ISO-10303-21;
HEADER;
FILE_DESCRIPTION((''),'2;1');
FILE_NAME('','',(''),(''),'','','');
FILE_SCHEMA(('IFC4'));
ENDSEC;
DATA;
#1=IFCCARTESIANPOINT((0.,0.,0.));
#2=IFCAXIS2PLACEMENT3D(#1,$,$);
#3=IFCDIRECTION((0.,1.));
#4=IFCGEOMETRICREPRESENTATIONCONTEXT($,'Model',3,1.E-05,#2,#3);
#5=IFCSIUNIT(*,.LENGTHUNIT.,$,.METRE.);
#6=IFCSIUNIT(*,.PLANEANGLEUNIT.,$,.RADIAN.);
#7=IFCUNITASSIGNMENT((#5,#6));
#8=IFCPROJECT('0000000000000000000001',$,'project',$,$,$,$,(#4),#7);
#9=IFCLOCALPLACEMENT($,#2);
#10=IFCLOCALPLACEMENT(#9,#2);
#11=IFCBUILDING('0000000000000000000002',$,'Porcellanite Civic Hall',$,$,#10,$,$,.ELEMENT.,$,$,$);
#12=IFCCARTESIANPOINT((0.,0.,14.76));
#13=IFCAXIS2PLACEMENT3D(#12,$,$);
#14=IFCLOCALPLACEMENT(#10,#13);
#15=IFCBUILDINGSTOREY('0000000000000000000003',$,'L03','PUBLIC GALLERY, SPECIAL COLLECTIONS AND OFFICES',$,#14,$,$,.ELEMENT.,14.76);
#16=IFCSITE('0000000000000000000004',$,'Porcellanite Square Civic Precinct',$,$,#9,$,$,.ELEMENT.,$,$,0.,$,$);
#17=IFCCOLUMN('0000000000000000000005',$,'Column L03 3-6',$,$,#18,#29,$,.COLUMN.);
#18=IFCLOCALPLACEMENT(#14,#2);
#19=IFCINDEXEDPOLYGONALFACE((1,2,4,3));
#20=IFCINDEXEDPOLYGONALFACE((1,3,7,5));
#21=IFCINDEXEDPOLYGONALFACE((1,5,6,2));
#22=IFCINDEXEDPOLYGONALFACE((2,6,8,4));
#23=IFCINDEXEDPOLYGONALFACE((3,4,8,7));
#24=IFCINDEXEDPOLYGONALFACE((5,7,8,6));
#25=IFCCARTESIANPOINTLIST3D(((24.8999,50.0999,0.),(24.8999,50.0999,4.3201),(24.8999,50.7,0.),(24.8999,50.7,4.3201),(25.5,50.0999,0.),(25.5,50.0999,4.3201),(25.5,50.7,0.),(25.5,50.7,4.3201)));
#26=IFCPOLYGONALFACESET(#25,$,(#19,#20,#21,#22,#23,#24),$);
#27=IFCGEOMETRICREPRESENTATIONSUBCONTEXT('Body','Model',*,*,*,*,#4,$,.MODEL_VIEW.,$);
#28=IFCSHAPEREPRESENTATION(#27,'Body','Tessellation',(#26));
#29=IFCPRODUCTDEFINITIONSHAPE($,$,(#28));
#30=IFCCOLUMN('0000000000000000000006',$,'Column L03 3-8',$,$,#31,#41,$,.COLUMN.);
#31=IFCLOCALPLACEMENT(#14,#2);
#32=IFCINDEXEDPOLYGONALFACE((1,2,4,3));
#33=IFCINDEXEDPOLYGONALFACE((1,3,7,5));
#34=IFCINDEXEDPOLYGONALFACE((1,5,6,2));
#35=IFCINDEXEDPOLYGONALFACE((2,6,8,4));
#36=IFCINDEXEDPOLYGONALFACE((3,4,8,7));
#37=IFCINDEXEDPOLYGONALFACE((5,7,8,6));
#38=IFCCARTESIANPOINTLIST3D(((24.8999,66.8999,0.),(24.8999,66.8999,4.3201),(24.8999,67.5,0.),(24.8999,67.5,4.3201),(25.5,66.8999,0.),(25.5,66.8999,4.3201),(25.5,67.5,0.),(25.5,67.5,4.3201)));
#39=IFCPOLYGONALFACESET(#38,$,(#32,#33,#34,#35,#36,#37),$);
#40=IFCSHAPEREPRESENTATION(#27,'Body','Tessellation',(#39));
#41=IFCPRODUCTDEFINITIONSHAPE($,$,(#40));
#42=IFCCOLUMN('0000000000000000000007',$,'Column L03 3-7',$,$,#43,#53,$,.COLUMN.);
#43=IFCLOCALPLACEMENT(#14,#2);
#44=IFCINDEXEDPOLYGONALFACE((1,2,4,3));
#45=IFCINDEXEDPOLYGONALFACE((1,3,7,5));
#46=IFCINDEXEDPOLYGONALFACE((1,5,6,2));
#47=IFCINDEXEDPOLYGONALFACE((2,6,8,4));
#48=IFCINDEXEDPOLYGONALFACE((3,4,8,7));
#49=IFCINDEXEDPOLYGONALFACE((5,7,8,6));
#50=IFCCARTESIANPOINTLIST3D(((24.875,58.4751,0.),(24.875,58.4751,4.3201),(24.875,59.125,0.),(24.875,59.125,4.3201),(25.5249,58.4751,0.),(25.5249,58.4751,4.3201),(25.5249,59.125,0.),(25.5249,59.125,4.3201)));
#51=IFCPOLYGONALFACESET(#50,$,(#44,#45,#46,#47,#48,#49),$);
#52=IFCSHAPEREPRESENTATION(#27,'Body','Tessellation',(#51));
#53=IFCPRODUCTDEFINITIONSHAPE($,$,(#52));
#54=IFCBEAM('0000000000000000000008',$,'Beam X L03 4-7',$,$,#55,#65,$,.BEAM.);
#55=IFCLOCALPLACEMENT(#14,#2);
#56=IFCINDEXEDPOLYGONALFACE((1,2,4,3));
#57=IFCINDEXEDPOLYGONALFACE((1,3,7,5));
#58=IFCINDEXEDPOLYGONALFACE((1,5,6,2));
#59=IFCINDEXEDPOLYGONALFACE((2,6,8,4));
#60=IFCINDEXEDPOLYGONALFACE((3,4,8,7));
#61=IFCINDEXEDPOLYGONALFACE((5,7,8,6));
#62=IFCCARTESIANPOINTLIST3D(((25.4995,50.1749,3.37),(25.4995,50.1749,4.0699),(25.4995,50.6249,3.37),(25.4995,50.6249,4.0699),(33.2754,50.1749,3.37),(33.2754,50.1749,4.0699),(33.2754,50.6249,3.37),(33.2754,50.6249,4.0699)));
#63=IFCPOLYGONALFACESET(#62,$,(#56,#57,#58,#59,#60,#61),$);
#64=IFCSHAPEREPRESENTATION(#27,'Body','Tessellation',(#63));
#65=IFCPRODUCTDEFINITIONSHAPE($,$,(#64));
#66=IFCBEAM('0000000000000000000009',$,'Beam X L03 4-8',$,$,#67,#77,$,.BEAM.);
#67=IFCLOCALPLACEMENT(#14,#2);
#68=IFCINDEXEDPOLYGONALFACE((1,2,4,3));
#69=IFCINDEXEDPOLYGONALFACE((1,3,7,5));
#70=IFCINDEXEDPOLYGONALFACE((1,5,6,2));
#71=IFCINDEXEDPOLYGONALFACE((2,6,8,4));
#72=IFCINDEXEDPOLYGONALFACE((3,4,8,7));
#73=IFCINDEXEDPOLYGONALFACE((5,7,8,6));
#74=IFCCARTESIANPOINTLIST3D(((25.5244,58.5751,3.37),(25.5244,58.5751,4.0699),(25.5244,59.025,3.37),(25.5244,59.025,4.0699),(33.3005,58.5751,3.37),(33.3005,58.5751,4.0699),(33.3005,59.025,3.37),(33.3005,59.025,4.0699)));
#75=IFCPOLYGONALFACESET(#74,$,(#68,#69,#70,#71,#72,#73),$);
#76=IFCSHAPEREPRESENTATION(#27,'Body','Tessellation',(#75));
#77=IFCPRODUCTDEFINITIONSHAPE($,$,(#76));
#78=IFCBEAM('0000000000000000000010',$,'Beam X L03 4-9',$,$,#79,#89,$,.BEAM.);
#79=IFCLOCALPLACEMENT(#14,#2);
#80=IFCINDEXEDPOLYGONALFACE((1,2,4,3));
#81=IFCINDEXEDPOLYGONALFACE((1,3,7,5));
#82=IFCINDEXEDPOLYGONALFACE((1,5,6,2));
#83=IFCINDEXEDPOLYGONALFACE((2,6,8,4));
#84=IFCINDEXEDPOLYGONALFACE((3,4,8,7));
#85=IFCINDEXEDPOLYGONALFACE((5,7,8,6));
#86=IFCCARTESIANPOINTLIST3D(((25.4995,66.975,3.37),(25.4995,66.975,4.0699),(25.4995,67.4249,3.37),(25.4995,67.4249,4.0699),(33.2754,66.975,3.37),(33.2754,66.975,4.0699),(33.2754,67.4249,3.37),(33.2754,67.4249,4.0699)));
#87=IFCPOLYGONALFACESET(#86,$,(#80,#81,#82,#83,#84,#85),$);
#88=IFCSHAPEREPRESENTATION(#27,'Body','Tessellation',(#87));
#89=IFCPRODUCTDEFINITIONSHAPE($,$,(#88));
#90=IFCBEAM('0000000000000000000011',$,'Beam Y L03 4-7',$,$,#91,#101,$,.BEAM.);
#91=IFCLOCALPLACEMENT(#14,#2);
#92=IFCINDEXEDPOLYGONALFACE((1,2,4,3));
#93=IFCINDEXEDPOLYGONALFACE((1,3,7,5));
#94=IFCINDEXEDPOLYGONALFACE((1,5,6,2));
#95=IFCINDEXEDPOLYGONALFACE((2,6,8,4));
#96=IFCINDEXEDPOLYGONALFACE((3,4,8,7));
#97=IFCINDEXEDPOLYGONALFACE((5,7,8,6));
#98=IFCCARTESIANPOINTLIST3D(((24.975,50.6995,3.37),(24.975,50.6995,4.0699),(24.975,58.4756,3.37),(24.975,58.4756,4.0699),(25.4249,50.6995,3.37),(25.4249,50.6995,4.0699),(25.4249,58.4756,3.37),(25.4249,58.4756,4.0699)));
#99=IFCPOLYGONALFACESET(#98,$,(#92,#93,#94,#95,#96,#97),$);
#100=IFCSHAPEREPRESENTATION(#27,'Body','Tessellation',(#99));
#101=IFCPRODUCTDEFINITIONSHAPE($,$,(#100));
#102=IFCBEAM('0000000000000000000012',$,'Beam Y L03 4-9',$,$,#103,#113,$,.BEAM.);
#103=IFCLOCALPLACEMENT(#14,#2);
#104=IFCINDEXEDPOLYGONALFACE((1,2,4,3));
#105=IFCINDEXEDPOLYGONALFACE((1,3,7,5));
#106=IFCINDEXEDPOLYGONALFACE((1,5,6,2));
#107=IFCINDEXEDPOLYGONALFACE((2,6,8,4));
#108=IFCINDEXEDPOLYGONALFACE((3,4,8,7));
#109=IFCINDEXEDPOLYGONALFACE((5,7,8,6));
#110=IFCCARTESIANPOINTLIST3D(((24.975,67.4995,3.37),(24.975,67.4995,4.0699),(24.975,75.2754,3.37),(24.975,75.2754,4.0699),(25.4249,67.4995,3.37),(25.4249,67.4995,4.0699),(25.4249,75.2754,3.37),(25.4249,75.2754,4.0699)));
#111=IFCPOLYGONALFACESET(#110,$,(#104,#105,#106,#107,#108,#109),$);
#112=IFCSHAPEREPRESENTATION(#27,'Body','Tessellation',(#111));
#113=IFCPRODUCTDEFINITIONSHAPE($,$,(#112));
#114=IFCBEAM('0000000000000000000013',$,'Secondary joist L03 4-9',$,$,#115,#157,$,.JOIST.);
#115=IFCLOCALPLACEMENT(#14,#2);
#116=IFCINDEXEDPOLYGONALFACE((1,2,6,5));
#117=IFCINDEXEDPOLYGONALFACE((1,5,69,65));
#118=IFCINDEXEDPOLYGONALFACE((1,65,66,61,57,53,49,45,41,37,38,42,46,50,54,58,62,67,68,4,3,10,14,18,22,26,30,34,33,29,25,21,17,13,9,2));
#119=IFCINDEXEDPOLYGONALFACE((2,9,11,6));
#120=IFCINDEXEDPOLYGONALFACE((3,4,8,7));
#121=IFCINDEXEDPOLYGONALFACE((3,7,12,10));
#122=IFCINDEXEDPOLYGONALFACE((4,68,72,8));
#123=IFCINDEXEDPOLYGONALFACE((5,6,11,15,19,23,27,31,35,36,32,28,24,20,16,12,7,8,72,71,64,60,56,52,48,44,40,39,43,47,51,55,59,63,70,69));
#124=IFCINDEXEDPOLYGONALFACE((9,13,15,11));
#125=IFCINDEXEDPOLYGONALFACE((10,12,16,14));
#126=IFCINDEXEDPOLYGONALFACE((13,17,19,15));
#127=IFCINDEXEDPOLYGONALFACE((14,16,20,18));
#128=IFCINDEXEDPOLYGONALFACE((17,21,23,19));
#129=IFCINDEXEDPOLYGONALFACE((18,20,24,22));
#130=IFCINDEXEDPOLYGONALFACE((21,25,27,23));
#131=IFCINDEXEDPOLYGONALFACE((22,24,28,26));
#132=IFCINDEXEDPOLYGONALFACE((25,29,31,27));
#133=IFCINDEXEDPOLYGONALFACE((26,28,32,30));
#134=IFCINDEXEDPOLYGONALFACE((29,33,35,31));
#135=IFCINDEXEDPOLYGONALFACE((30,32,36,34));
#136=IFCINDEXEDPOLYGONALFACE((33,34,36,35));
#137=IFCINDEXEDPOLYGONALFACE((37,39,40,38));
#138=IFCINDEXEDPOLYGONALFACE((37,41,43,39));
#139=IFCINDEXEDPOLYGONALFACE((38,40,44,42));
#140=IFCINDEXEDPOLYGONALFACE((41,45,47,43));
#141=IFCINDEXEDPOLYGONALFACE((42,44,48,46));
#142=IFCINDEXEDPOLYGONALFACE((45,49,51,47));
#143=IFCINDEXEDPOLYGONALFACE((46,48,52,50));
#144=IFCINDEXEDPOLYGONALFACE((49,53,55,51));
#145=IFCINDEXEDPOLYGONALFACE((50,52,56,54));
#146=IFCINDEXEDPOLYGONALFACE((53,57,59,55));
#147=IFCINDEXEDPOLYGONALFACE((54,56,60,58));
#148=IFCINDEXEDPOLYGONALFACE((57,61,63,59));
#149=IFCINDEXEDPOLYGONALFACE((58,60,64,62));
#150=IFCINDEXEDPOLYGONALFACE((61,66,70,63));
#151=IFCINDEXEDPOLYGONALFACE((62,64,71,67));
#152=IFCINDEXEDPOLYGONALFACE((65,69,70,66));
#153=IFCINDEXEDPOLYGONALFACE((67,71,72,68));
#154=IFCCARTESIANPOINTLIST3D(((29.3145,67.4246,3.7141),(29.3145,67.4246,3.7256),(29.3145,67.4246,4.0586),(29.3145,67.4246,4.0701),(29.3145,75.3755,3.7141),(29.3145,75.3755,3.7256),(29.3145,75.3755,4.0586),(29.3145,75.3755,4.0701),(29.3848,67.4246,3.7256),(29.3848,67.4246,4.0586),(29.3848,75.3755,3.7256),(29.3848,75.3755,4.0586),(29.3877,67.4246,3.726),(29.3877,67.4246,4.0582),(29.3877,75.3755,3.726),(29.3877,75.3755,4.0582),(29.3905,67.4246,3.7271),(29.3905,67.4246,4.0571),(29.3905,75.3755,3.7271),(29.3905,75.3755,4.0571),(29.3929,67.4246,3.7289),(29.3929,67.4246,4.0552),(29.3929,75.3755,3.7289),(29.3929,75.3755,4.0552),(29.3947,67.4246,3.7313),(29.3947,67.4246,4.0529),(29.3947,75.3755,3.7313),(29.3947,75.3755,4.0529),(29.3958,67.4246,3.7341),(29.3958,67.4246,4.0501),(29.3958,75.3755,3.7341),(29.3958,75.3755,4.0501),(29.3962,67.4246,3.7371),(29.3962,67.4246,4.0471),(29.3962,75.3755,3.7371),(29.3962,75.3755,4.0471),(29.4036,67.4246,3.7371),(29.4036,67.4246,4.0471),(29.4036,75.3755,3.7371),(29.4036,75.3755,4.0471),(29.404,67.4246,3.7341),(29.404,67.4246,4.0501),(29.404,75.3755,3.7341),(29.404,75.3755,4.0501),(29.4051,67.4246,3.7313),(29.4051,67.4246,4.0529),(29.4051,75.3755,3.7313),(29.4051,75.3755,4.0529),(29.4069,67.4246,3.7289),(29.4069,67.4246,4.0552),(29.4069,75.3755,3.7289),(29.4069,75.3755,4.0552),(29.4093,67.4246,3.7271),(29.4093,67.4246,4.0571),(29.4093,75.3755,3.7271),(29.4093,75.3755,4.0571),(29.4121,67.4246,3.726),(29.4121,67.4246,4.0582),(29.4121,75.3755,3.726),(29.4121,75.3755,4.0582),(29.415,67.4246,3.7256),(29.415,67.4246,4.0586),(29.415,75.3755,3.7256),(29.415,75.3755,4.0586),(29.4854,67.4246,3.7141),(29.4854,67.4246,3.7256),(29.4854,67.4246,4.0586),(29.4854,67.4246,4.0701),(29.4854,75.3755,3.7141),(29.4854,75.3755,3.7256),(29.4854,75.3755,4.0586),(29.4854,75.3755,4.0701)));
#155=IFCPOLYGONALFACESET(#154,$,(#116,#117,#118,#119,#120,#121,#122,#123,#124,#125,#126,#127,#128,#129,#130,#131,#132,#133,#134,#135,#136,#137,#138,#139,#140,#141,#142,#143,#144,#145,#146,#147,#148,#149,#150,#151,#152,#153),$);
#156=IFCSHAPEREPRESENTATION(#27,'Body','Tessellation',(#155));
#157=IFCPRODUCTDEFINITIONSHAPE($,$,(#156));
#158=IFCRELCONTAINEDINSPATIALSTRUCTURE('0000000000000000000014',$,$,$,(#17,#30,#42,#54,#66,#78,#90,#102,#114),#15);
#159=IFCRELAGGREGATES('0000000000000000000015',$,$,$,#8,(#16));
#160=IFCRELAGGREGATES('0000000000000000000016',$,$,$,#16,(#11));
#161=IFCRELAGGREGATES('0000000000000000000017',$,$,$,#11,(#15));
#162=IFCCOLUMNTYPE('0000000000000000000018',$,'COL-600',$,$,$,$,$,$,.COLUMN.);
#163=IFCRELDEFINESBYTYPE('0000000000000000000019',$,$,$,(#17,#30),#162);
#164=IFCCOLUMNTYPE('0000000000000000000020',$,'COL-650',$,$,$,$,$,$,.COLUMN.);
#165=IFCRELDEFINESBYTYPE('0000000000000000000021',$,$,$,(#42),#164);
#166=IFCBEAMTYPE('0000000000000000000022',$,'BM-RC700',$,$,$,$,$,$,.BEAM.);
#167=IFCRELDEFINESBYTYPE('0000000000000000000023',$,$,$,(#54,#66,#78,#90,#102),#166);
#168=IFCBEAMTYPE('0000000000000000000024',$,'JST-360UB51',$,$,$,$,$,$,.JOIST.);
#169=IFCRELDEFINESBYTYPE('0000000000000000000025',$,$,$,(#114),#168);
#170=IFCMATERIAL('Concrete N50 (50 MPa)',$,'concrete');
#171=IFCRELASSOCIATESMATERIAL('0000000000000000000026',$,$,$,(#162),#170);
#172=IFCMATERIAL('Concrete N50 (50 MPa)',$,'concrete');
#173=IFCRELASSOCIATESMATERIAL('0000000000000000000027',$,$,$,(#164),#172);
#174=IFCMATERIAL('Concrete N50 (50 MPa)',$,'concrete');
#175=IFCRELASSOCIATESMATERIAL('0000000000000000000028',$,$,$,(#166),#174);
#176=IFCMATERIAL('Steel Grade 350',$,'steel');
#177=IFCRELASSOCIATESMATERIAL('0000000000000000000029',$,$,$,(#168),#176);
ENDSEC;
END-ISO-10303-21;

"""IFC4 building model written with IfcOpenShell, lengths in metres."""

from ifc_helpers import new_model, si_unit, direction, frame, origin, origin_2d, place, context, subcontext, project, spatial, rectangle, i_section, extrude, material, material_profile, profile_set, type_object, element, save


model = new_model("IFC4")

# Units and contexts
model_context = context("Model", 3, precision=1e-05, world=origin(), true_north=direction((0.0, 1.0)))
body_context = subcontext(model_context, "Body", "Model", "MODEL_VIEW")
ifc_project = project(units=[si_unit("LENGTHUNIT", "METRE"), si_unit("PLANEANGLEUNIT", "RADIAN")], contexts=[model_context])

# Site, building, storey
site_placement = place(None, origin())
site = spatial("IfcSite", under=ifc_project, at=site_placement, Name="Porcellanite Square Civic Precinct", CompositionType="ELEMENT", RefElevation=0.0)
building_placement = place(site_placement, origin())
building = spatial("IfcBuilding", under=site, at=building_placement, Name="Porcellanite Civic Hall", CompositionType="ELEMENT")
storey_placement = place(building_placement, frame((0.0, 0.0, 14.76)))
storey = spatial("IfcBuildingStorey", under=building, at=storey_placement, Name="L03", Description="PUBLIC GALLERY, SPECIAL COLLECTIONS AND OFFICES", CompositionType="ELEMENT", Elevation=14.76)

# Columns
ifc_material_1 = material(Name="Concrete N50 (50 MPa)", Category="concrete")
ifc_material_profile_1 = material_profile(ifc_material_1, rectangle(XDim=0.6001, YDim=0.6001, at=origin_2d()), Name="RC-600x600")
ifc_profile_set_1 = profile_set([ifc_material_profile_1], Name="Concrete N50 (50 MPa)")
column_type_1 = type_object("IfcColumnType", Name="COL-600", PredefinedType="COLUMN", material=ifc_profile_set_1)
for number, where, z_axis, x_axis, name in (
    (1, (25.2, 50.3999, 0.0), (0.0, 0.0, 1.0), (1.0, 0.0, 0.0), "Column L03 3-6"),
    (2, (25.2, 67.2, 0.0), (0.0, 0.0, 1.0), (1.0, 0.0, 0.0), "Column L03 3-8"),
):
    element("IfcColumn", number, at=place(storey_placement, frame(where, z_axis=z_axis, x_axis=x_axis)), inside=storey, type_object=column_type_1, Name=name, PredefinedType="COLUMN", context=body_context, shape_type="SweptSolid", body=[
        extrude(rectangle(XDim=0.6001, YDim=0.6001, at=origin_2d()), origin(), (0.0, 0.0, 1.0), 4.3201),
    ])
ifc_material_2 = material(Name="Concrete N50 (50 MPa)", Category="concrete")
ifc_material_profile_2 = material_profile(ifc_material_2, rectangle(XDim=0.6499, YDim=0.6499, at=origin_2d()), Name="RC-650x650")
ifc_profile_set_2 = profile_set([ifc_material_profile_2], Name="Concrete N50 (50 MPa)")
column_type_2 = type_object("IfcColumnType", Name="COL-650", PredefinedType="COLUMN", material=ifc_profile_set_2)
column_placement = place(storey_placement, frame((25.2, 58.8, 0.0), z_axis=(0.0, 0.0, 1.0), x_axis=(1.0, 0.0, 0.0)))
element("IfcColumn", 3, at=column_placement, inside=storey, type_object=column_type_2, Name="Column L03 3-7", PredefinedType="COLUMN", context=body_context, shape_type="SweptSolid", body=[
    extrude(rectangle(XDim=0.6499, YDim=0.6499, at=origin_2d()), origin(), (0.0, 0.0, 1.0), 4.3201),
])

# Beams
ifc_material_3 = material(Name="Concrete N50 (50 MPa)", Category="concrete")
ifc_material_profile_3 = material_profile(ifc_material_3, rectangle(XDim=0.45, YDim=0.7, at=origin_2d()), Name="RC-450x700")
ifc_profile_set_3 = profile_set([ifc_material_profile_3], Name="Concrete N50 (50 MPa)")
beam_type_1 = type_object("IfcBeamType", Name="BM-RC700", PredefinedType="BEAM", material=ifc_profile_set_3)
beam_1_placement = place(storey_placement, frame((25.4995, 50.3999, 3.72), z_axis=(1.0, 0.0, 0.0), x_axis=(0.0, 1.0, 0.0)))
element("IfcBeam", 4, at=beam_1_placement, inside=storey, type_object=beam_type_1, Name="Beam X L03 4-7", PredefinedType="BEAM", context=body_context, shape_type="SweptSolid", body=[
    extrude(rectangle(XDim=0.45, YDim=0.7, at=origin_2d()), origin(), (0.0, 0.0, 1.0), 7.7759),
])
beam_2_placement = place(storey_placement, frame((25.5244, 58.8, 3.72), z_axis=(1.0, 0.0, 0.0), x_axis=(0.0, 1.0, 0.0)))
element("IfcBeam", 5, at=beam_2_placement, inside=storey, type_object=beam_type_1, Name="Beam X L03 4-8", PredefinedType="BEAM", context=body_context, shape_type="SweptSolid", body=[
    extrude(rectangle(XDim=0.45, YDim=0.7, at=origin_2d()), origin(), (0.0, 0.0, 1.0), 7.7761),
])
beam_3_placement = place(storey_placement, frame((25.4995, 67.2, 3.72), z_axis=(1.0, 0.0, 0.0), x_axis=(0.0, 1.0, 0.0)))
element("IfcBeam", 6, at=beam_3_placement, inside=storey, type_object=beam_type_1, Name="Beam X L03 4-9", PredefinedType="BEAM", context=body_context, shape_type="SweptSolid", body=[
    extrude(rectangle(XDim=0.45, YDim=0.7, at=origin_2d()), origin(), (0.0, 0.0, 1.0), 7.7759),
])
beam_4_placement = place(storey_placement, frame((25.2, 50.6995, 3.72), z_axis=(0.0, 1.0, 0.0), x_axis=(-1.0, 0.0, 0.0)))
element("IfcBeam", 7, at=beam_4_placement, inside=storey, type_object=beam_type_1, Name="Beam Y L03 4-7", PredefinedType="BEAM", context=body_context, shape_type="SweptSolid", body=[
    extrude(rectangle(XDim=0.45, YDim=0.7, at=origin_2d()), origin(), (0.0, 0.0, 1.0), 7.7761),
])
beam_5_placement = place(storey_placement, frame((25.2, 67.4995, 3.72), z_axis=(0.0, 1.0, 0.0), x_axis=(-1.0, 0.0, 0.0)))
element("IfcBeam", 8, at=beam_5_placement, inside=storey, type_object=beam_type_1, Name="Beam Y L03 4-9", PredefinedType="BEAM", context=body_context, shape_type="SweptSolid", body=[
    extrude(rectangle(XDim=0.45, YDim=0.7, at=origin_2d()), origin(), (0.0, 0.0, 1.0), 7.7759),
])
ifc_material_4 = material(Name="Steel Grade 350", Category="steel")
ifc_material_profile_4 = material_profile(ifc_material_4, i_section(OverallWidth=0.1709, OverallDepth=0.356, WebThickness=0.0073, FlangeThickness=0.0115, FilletRadius=0.0115, at=origin_2d()), Name="360UB50.7")
ifc_profile_set_4 = profile_set([ifc_material_profile_4], Name="Steel Grade 350")
beam_type_2 = type_object("IfcBeamType", Name="JST-360UB51", PredefinedType="JOIST", material=ifc_profile_set_4)
beam_6_placement = place(storey_placement, frame((29.3999, 67.4246, 3.8921), z_axis=(0.0, 1.0, 0.0), x_axis=(-1.0, 0.0, 0.0)))
element("IfcBeam", 9, at=beam_6_placement, inside=storey, type_object=beam_type_2, Name="Secondary joist L03 4-9", PredefinedType="JOIST", context=body_context, shape_type="SweptSolid", body=[
    extrude(i_section(OverallWidth=0.1709, OverallDepth=0.356, WebThickness=0.0073, FlangeThickness=0.0115, FilletRadius=0.0115, at=origin_2d()), origin(), (0.0, 0.0, 1.0), 7.9509),
])

save(model, "model.ifc")
